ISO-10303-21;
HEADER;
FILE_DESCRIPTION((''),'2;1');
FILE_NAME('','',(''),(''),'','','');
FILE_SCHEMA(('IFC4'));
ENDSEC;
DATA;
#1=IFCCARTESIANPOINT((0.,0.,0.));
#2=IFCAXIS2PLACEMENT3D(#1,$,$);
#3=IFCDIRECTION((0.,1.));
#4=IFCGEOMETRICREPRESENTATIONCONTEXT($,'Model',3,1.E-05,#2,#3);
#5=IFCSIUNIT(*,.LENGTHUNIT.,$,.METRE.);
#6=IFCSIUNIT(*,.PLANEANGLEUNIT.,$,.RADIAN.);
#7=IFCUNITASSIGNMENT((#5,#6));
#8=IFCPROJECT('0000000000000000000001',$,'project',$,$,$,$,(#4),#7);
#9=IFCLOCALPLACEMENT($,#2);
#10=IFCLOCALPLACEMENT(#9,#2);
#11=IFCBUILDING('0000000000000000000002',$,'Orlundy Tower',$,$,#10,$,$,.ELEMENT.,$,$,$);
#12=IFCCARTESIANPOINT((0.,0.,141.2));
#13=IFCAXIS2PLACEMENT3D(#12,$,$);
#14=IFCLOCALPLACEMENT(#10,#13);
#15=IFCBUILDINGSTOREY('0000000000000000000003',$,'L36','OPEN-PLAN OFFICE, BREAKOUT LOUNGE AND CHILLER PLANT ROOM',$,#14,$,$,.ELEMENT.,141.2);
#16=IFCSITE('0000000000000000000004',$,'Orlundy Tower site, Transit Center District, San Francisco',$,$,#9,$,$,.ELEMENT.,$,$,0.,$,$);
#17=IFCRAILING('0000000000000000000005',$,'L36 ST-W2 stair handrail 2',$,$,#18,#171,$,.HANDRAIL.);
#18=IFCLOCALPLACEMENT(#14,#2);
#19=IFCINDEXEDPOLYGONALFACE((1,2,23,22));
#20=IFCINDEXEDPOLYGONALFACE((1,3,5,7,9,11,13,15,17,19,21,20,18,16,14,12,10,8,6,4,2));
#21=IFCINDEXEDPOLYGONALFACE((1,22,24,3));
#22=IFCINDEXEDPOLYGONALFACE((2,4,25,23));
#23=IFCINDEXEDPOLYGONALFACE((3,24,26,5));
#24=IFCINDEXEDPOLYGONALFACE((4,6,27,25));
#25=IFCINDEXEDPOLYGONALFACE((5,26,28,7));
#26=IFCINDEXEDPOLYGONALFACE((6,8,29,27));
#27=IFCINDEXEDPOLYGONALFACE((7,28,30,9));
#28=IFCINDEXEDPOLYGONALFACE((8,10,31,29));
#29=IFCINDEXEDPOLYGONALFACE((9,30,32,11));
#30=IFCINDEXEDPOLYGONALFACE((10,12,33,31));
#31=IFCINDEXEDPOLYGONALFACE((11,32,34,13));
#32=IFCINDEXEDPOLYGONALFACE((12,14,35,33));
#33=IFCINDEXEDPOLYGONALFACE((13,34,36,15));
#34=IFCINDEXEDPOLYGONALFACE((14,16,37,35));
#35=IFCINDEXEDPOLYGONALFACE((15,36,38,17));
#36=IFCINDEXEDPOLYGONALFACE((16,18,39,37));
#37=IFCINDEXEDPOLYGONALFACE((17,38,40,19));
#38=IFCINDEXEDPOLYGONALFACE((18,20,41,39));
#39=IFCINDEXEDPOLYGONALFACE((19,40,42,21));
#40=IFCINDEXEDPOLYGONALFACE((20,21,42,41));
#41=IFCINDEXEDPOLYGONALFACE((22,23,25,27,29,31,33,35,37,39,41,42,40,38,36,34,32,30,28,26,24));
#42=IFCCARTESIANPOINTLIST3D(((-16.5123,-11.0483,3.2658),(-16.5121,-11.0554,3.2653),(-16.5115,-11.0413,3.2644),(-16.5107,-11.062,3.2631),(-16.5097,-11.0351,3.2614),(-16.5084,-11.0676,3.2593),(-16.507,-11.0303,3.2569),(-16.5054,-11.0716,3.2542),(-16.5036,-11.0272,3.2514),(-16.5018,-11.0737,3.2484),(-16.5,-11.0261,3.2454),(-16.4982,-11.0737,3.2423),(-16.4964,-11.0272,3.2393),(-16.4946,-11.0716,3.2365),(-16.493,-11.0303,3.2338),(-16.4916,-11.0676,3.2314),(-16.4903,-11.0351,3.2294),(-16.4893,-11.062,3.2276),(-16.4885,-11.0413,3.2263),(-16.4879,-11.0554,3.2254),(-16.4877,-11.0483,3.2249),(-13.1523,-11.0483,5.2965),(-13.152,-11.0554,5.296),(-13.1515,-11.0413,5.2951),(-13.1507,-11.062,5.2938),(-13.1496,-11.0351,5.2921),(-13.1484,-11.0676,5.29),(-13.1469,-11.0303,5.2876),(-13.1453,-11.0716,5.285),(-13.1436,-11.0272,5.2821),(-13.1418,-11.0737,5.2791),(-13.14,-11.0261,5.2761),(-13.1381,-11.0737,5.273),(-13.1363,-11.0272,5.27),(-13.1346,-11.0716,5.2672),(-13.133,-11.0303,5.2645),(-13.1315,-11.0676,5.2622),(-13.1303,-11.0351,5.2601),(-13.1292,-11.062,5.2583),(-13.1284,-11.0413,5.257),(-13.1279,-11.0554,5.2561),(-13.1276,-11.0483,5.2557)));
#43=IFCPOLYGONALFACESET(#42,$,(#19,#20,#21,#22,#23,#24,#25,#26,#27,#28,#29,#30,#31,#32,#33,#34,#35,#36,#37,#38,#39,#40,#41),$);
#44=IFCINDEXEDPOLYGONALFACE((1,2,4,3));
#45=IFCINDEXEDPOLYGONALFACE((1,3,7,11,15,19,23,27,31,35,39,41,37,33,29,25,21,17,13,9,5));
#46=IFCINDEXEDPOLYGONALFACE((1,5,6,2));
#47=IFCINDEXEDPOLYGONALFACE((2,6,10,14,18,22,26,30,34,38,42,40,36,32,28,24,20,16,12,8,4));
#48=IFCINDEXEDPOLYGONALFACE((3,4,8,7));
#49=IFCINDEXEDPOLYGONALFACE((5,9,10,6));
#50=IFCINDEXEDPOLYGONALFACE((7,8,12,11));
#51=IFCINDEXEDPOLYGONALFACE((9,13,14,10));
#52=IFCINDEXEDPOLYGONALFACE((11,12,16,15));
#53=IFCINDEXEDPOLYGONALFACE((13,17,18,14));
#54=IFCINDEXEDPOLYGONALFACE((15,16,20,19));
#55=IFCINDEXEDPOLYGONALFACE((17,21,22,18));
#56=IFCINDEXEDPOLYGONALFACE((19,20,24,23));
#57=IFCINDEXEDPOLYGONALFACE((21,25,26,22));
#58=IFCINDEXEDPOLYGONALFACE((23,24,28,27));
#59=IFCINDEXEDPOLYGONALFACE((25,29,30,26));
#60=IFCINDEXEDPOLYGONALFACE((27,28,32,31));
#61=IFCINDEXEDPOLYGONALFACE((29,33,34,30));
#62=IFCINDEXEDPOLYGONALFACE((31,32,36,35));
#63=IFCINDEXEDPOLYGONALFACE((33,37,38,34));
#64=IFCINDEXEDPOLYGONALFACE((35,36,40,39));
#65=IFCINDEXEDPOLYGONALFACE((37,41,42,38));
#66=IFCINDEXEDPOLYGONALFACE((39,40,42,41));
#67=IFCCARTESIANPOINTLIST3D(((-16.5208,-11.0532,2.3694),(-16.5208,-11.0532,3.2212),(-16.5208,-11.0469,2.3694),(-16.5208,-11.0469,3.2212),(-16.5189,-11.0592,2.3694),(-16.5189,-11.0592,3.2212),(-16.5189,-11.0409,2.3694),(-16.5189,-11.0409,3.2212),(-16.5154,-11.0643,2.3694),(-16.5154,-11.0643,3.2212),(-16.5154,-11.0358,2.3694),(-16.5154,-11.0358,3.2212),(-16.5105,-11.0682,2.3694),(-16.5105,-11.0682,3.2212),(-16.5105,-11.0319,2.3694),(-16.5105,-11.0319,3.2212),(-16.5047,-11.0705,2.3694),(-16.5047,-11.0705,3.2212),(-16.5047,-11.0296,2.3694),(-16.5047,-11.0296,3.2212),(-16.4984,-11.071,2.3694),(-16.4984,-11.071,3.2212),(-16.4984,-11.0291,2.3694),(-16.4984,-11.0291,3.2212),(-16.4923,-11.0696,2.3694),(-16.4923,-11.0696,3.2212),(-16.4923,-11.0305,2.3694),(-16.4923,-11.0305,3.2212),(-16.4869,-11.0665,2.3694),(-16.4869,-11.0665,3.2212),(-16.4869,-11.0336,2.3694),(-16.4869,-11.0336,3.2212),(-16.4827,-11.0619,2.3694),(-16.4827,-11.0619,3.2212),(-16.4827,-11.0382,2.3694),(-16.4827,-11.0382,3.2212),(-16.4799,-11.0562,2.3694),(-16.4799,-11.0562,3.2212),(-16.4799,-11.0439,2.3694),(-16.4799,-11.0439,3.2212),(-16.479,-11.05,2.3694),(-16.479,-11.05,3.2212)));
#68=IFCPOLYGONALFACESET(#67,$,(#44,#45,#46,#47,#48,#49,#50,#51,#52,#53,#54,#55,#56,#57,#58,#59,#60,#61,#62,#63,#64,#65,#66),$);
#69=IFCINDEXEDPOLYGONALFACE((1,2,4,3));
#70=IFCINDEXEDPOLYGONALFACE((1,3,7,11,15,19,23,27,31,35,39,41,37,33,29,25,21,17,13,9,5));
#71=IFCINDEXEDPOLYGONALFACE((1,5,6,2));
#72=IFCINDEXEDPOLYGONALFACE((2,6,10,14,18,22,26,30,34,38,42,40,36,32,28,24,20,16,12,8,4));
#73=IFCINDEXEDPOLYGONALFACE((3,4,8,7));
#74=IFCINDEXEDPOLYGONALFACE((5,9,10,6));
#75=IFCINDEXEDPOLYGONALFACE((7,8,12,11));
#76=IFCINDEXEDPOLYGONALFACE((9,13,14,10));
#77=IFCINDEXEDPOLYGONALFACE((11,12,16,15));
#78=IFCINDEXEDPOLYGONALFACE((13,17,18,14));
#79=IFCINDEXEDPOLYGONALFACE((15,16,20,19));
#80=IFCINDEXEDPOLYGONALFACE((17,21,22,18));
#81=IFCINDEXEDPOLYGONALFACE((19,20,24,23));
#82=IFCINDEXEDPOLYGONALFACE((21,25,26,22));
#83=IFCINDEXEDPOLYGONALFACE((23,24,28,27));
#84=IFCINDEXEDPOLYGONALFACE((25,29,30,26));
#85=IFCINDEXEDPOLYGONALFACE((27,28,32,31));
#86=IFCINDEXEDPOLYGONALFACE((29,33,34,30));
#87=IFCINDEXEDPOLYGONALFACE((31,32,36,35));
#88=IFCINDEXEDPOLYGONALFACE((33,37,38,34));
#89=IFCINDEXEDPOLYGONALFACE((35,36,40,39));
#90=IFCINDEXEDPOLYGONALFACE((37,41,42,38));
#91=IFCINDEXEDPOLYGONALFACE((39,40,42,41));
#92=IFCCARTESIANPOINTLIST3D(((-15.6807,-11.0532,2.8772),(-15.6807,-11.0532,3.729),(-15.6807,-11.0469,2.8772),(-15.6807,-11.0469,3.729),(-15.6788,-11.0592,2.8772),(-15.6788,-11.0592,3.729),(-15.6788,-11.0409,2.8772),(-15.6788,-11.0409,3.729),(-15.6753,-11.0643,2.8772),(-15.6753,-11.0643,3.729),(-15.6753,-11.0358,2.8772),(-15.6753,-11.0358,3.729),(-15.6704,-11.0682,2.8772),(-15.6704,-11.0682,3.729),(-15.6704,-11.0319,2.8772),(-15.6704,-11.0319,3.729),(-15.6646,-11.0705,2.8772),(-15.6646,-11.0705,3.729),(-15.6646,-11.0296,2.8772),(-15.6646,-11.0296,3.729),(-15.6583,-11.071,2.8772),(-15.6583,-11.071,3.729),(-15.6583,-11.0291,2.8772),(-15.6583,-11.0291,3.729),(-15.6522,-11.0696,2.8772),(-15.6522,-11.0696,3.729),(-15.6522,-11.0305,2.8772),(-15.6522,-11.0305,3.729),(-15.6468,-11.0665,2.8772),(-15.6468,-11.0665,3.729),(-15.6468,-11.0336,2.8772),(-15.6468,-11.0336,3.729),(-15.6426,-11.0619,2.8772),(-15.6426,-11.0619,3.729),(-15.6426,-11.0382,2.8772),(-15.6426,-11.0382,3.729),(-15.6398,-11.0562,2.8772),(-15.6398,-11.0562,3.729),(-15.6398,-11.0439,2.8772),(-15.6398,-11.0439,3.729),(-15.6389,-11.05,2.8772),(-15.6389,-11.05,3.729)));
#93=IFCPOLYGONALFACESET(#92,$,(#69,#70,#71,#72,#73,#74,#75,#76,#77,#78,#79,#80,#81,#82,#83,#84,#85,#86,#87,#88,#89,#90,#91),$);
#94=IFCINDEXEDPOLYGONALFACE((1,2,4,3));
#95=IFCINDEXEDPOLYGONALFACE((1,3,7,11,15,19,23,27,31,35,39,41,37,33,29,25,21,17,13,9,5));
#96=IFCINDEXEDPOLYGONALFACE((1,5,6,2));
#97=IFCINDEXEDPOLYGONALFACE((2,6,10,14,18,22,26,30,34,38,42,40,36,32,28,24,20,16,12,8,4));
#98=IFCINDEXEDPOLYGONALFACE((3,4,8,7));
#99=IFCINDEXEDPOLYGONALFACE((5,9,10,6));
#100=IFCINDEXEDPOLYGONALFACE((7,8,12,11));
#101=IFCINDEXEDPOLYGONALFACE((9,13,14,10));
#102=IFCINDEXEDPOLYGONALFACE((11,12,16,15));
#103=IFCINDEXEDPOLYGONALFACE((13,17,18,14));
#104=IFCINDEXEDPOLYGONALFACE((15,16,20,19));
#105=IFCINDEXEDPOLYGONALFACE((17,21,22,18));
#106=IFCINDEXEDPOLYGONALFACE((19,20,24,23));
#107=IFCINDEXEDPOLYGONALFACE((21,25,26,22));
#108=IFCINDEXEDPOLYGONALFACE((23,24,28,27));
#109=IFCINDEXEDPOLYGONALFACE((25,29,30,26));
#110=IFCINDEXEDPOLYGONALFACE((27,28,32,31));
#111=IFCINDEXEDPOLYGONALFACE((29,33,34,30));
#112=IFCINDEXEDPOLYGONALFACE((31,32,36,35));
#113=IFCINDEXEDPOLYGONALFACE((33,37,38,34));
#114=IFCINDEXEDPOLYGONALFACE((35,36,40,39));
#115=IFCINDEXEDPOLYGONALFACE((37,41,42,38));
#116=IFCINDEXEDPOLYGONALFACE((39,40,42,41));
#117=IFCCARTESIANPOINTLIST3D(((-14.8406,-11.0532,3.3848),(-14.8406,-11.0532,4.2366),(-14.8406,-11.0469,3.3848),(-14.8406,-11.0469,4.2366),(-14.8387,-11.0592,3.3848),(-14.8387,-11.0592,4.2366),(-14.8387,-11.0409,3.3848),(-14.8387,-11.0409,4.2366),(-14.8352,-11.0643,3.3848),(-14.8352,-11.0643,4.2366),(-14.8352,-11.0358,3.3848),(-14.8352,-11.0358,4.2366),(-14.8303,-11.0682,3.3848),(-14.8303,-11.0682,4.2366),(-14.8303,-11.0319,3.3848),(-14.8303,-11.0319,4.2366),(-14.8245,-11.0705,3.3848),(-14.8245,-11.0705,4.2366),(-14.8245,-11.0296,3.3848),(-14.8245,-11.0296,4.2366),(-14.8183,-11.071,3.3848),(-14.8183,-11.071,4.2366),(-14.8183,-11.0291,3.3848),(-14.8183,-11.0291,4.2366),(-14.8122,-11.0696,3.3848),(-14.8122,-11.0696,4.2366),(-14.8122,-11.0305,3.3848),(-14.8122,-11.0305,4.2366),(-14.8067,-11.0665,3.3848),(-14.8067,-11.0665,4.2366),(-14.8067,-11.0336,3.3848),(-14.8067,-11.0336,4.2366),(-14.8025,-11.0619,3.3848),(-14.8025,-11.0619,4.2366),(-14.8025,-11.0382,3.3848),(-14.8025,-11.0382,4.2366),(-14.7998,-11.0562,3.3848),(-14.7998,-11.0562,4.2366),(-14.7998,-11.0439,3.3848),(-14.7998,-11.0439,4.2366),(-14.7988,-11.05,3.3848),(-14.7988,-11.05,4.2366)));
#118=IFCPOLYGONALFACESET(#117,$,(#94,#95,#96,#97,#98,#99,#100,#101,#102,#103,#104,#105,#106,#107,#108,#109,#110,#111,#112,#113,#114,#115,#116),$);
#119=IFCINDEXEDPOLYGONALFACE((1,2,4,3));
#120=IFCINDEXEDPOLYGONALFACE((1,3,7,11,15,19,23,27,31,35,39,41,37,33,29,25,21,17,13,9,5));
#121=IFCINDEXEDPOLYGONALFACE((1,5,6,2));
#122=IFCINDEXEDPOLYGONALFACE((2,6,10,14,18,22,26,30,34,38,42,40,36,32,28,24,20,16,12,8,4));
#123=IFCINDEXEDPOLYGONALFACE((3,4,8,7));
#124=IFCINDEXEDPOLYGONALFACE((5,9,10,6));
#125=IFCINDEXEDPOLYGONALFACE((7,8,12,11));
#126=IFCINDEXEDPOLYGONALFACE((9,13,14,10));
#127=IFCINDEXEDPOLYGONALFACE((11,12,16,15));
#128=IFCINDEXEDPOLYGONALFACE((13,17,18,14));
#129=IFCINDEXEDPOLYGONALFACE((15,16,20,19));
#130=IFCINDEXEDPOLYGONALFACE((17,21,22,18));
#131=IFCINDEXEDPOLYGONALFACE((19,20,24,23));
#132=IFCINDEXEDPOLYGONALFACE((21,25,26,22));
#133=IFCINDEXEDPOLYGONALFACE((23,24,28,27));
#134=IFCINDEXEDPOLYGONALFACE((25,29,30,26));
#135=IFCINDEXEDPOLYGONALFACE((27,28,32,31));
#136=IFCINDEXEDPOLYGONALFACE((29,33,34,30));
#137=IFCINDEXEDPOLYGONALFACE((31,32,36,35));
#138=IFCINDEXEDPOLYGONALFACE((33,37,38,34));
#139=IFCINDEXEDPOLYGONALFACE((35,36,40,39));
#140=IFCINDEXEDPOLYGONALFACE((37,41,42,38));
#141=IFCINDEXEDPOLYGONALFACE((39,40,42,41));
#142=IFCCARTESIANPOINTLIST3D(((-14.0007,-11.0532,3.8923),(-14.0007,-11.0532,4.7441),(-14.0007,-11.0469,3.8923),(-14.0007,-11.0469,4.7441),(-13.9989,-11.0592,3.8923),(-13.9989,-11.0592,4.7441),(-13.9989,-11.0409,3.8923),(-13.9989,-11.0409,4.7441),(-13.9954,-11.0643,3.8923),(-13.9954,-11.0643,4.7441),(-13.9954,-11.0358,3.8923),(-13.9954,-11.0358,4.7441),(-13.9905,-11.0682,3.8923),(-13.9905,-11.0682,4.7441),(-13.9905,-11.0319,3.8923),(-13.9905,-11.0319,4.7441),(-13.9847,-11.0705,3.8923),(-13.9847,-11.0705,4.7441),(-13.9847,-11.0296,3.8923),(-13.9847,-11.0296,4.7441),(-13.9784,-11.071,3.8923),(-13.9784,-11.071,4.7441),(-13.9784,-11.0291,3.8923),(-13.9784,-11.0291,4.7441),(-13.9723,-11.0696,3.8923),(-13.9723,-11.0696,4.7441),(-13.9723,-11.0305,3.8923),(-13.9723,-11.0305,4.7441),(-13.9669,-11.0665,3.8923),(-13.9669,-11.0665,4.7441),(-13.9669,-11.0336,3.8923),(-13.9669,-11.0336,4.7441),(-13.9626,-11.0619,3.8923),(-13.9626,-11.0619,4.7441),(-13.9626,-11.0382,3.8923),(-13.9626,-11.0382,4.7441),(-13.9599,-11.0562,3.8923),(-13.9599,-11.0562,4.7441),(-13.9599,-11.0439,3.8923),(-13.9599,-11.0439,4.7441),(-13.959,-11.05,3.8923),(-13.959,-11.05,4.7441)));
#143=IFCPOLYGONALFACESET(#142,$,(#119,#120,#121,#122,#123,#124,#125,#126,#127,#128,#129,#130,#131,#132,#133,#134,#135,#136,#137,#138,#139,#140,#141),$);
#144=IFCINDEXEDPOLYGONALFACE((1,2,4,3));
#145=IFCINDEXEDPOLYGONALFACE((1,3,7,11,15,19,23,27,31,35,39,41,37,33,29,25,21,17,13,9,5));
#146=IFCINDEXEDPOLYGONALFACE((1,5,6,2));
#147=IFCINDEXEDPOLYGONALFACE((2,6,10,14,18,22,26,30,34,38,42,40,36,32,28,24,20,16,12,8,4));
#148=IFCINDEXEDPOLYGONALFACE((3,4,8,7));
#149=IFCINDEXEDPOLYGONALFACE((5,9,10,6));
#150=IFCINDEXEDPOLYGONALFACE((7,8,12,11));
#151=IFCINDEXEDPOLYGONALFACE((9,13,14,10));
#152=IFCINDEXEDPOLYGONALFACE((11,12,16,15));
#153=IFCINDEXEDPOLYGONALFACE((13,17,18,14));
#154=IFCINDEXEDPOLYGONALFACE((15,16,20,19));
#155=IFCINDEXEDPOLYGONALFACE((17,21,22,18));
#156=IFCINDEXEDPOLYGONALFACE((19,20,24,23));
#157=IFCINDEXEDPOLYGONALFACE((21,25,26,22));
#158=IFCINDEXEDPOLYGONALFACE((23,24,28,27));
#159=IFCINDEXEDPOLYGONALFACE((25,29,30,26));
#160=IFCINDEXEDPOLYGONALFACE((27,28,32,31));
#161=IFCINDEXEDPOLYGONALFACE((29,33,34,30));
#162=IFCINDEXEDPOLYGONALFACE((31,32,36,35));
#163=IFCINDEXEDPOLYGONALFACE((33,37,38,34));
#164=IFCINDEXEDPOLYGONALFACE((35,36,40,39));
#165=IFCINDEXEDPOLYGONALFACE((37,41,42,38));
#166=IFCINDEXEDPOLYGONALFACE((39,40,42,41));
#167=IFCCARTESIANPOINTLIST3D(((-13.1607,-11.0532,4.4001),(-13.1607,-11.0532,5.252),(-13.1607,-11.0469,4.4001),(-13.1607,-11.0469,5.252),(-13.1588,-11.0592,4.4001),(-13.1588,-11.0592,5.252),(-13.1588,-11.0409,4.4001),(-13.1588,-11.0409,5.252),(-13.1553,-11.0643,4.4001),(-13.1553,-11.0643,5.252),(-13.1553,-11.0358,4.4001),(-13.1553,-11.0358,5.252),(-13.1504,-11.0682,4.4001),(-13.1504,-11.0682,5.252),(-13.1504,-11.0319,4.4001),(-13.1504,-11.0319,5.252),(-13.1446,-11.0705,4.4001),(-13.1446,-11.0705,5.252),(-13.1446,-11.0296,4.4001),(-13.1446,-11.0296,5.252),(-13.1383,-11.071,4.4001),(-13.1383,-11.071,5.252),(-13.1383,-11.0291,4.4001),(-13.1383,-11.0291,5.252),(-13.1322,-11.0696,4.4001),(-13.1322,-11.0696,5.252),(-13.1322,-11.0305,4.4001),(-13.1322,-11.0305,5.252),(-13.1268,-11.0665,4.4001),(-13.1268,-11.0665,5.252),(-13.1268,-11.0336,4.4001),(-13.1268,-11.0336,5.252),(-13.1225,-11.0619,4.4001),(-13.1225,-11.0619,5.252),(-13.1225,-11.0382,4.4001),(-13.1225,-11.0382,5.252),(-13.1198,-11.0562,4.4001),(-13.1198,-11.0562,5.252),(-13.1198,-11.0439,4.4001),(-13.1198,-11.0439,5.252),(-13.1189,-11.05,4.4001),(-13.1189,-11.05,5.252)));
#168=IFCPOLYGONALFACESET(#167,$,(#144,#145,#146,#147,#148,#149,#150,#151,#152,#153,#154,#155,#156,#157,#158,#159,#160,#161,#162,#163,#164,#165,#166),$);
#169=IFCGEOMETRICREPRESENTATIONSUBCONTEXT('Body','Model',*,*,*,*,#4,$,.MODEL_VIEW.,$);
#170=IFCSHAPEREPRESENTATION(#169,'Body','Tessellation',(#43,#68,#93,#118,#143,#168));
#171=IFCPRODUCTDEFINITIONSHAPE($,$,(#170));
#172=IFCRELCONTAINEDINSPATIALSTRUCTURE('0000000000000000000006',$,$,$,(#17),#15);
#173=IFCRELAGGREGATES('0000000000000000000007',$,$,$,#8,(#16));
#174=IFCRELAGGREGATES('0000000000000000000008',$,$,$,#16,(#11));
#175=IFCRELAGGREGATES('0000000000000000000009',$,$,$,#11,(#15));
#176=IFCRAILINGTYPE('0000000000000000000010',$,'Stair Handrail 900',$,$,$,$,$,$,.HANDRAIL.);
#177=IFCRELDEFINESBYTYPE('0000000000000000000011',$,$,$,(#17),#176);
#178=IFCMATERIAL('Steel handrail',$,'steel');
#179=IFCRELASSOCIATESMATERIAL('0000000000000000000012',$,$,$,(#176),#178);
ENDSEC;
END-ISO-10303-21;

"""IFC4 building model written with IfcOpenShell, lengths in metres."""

from ifc_helpers import new_model, si_unit, direction, frame, origin, origin_2d, place, context, subcontext, project, spatial, circle, extrude, material, type_object, element, save


model = new_model("IFC4")

# Units and contexts
model_context = context("Model", 3, precision=1e-05, world=origin(), true_north=direction((0.0, 1.0)))
body_context = subcontext(model_context, "Body", "Model", "MODEL_VIEW")
ifc_project = project(units=[si_unit("LENGTHUNIT", "METRE"), si_unit("PLANEANGLEUNIT", "RADIAN")], contexts=[model_context])

# Site, building, storey
site_placement = place(None, origin())
site = spatial("IfcSite", under=ifc_project, at=site_placement, Name="Orlundy Tower site, Transit Center District, San Francisco", CompositionType="ELEMENT", RefElevation=0.0)
building_placement = place(site_placement, origin())
building = spatial("IfcBuilding", under=site, at=building_placement, Name="Orlundy Tower", CompositionType="ELEMENT")
storey_placement = place(building_placement, frame((0.0, 0.0, 141.2)))
storey = spatial("IfcBuildingStorey", under=building, at=storey_placement, Name="L36", Description="OPEN-PLAN OFFICE, BREAKOUT LOUNGE AND CHILLER PLANT ROOM", CompositionType="ELEMENT", Elevation=141.2)

# Railing
ifc_material_1 = material(Name="Steel handrail", Category="steel")
railing_type = type_object("IfcRailingType", Name="Stair Handrail 900", PredefinedType="HANDRAIL", material=ifc_material_1)
railing_1_placement = place(storey_placement, frame((-16.5, -11.05, 2.3694)))
element("IfcRailing", 1, at=railing_1_placement, inside=storey, type_object=railing_type, Name="L36 ST-W2 stair handrail 2", PredefinedType="HANDRAIL", context=body_context, shape_type="SweptSolid", body=[
    extrude(circle(Radius=0.0239, at=origin_2d()), frame((0.0, 0.0, 0.876), z_axis=(0.855837, 0.0, 0.517246), x_axis=(0.0, 1.0, 0.0)), (0.0, 0.0, 1.0), 3.926),
    extrude(circle(Radius=0.021, at=origin_2d()), origin(), (0.0, 0.0, 1.0), 0.8518),
    extrude(circle(Radius=0.021, at=origin_2d()), frame((0.8401, 0.0, 0.5078)), (0.0, 0.0, 1.0), 0.8518),
    extrude(circle(Radius=0.021, at=origin_2d()), frame((1.6802, 0.0, 1.0154)), (0.0, 0.0, 1.0), 0.8518),
    extrude(circle(Radius=0.021, at=origin_2d()), frame((2.52, 0.0, 1.5229)), (0.0, 0.0, 1.0), 0.8518),
    extrude(circle(Radius=0.021, at=origin_2d()), frame((3.3601, 0.0, 2.0308)), (0.0, 0.0, 1.0), 0.8518),
])

save(model, "model.ifc")
